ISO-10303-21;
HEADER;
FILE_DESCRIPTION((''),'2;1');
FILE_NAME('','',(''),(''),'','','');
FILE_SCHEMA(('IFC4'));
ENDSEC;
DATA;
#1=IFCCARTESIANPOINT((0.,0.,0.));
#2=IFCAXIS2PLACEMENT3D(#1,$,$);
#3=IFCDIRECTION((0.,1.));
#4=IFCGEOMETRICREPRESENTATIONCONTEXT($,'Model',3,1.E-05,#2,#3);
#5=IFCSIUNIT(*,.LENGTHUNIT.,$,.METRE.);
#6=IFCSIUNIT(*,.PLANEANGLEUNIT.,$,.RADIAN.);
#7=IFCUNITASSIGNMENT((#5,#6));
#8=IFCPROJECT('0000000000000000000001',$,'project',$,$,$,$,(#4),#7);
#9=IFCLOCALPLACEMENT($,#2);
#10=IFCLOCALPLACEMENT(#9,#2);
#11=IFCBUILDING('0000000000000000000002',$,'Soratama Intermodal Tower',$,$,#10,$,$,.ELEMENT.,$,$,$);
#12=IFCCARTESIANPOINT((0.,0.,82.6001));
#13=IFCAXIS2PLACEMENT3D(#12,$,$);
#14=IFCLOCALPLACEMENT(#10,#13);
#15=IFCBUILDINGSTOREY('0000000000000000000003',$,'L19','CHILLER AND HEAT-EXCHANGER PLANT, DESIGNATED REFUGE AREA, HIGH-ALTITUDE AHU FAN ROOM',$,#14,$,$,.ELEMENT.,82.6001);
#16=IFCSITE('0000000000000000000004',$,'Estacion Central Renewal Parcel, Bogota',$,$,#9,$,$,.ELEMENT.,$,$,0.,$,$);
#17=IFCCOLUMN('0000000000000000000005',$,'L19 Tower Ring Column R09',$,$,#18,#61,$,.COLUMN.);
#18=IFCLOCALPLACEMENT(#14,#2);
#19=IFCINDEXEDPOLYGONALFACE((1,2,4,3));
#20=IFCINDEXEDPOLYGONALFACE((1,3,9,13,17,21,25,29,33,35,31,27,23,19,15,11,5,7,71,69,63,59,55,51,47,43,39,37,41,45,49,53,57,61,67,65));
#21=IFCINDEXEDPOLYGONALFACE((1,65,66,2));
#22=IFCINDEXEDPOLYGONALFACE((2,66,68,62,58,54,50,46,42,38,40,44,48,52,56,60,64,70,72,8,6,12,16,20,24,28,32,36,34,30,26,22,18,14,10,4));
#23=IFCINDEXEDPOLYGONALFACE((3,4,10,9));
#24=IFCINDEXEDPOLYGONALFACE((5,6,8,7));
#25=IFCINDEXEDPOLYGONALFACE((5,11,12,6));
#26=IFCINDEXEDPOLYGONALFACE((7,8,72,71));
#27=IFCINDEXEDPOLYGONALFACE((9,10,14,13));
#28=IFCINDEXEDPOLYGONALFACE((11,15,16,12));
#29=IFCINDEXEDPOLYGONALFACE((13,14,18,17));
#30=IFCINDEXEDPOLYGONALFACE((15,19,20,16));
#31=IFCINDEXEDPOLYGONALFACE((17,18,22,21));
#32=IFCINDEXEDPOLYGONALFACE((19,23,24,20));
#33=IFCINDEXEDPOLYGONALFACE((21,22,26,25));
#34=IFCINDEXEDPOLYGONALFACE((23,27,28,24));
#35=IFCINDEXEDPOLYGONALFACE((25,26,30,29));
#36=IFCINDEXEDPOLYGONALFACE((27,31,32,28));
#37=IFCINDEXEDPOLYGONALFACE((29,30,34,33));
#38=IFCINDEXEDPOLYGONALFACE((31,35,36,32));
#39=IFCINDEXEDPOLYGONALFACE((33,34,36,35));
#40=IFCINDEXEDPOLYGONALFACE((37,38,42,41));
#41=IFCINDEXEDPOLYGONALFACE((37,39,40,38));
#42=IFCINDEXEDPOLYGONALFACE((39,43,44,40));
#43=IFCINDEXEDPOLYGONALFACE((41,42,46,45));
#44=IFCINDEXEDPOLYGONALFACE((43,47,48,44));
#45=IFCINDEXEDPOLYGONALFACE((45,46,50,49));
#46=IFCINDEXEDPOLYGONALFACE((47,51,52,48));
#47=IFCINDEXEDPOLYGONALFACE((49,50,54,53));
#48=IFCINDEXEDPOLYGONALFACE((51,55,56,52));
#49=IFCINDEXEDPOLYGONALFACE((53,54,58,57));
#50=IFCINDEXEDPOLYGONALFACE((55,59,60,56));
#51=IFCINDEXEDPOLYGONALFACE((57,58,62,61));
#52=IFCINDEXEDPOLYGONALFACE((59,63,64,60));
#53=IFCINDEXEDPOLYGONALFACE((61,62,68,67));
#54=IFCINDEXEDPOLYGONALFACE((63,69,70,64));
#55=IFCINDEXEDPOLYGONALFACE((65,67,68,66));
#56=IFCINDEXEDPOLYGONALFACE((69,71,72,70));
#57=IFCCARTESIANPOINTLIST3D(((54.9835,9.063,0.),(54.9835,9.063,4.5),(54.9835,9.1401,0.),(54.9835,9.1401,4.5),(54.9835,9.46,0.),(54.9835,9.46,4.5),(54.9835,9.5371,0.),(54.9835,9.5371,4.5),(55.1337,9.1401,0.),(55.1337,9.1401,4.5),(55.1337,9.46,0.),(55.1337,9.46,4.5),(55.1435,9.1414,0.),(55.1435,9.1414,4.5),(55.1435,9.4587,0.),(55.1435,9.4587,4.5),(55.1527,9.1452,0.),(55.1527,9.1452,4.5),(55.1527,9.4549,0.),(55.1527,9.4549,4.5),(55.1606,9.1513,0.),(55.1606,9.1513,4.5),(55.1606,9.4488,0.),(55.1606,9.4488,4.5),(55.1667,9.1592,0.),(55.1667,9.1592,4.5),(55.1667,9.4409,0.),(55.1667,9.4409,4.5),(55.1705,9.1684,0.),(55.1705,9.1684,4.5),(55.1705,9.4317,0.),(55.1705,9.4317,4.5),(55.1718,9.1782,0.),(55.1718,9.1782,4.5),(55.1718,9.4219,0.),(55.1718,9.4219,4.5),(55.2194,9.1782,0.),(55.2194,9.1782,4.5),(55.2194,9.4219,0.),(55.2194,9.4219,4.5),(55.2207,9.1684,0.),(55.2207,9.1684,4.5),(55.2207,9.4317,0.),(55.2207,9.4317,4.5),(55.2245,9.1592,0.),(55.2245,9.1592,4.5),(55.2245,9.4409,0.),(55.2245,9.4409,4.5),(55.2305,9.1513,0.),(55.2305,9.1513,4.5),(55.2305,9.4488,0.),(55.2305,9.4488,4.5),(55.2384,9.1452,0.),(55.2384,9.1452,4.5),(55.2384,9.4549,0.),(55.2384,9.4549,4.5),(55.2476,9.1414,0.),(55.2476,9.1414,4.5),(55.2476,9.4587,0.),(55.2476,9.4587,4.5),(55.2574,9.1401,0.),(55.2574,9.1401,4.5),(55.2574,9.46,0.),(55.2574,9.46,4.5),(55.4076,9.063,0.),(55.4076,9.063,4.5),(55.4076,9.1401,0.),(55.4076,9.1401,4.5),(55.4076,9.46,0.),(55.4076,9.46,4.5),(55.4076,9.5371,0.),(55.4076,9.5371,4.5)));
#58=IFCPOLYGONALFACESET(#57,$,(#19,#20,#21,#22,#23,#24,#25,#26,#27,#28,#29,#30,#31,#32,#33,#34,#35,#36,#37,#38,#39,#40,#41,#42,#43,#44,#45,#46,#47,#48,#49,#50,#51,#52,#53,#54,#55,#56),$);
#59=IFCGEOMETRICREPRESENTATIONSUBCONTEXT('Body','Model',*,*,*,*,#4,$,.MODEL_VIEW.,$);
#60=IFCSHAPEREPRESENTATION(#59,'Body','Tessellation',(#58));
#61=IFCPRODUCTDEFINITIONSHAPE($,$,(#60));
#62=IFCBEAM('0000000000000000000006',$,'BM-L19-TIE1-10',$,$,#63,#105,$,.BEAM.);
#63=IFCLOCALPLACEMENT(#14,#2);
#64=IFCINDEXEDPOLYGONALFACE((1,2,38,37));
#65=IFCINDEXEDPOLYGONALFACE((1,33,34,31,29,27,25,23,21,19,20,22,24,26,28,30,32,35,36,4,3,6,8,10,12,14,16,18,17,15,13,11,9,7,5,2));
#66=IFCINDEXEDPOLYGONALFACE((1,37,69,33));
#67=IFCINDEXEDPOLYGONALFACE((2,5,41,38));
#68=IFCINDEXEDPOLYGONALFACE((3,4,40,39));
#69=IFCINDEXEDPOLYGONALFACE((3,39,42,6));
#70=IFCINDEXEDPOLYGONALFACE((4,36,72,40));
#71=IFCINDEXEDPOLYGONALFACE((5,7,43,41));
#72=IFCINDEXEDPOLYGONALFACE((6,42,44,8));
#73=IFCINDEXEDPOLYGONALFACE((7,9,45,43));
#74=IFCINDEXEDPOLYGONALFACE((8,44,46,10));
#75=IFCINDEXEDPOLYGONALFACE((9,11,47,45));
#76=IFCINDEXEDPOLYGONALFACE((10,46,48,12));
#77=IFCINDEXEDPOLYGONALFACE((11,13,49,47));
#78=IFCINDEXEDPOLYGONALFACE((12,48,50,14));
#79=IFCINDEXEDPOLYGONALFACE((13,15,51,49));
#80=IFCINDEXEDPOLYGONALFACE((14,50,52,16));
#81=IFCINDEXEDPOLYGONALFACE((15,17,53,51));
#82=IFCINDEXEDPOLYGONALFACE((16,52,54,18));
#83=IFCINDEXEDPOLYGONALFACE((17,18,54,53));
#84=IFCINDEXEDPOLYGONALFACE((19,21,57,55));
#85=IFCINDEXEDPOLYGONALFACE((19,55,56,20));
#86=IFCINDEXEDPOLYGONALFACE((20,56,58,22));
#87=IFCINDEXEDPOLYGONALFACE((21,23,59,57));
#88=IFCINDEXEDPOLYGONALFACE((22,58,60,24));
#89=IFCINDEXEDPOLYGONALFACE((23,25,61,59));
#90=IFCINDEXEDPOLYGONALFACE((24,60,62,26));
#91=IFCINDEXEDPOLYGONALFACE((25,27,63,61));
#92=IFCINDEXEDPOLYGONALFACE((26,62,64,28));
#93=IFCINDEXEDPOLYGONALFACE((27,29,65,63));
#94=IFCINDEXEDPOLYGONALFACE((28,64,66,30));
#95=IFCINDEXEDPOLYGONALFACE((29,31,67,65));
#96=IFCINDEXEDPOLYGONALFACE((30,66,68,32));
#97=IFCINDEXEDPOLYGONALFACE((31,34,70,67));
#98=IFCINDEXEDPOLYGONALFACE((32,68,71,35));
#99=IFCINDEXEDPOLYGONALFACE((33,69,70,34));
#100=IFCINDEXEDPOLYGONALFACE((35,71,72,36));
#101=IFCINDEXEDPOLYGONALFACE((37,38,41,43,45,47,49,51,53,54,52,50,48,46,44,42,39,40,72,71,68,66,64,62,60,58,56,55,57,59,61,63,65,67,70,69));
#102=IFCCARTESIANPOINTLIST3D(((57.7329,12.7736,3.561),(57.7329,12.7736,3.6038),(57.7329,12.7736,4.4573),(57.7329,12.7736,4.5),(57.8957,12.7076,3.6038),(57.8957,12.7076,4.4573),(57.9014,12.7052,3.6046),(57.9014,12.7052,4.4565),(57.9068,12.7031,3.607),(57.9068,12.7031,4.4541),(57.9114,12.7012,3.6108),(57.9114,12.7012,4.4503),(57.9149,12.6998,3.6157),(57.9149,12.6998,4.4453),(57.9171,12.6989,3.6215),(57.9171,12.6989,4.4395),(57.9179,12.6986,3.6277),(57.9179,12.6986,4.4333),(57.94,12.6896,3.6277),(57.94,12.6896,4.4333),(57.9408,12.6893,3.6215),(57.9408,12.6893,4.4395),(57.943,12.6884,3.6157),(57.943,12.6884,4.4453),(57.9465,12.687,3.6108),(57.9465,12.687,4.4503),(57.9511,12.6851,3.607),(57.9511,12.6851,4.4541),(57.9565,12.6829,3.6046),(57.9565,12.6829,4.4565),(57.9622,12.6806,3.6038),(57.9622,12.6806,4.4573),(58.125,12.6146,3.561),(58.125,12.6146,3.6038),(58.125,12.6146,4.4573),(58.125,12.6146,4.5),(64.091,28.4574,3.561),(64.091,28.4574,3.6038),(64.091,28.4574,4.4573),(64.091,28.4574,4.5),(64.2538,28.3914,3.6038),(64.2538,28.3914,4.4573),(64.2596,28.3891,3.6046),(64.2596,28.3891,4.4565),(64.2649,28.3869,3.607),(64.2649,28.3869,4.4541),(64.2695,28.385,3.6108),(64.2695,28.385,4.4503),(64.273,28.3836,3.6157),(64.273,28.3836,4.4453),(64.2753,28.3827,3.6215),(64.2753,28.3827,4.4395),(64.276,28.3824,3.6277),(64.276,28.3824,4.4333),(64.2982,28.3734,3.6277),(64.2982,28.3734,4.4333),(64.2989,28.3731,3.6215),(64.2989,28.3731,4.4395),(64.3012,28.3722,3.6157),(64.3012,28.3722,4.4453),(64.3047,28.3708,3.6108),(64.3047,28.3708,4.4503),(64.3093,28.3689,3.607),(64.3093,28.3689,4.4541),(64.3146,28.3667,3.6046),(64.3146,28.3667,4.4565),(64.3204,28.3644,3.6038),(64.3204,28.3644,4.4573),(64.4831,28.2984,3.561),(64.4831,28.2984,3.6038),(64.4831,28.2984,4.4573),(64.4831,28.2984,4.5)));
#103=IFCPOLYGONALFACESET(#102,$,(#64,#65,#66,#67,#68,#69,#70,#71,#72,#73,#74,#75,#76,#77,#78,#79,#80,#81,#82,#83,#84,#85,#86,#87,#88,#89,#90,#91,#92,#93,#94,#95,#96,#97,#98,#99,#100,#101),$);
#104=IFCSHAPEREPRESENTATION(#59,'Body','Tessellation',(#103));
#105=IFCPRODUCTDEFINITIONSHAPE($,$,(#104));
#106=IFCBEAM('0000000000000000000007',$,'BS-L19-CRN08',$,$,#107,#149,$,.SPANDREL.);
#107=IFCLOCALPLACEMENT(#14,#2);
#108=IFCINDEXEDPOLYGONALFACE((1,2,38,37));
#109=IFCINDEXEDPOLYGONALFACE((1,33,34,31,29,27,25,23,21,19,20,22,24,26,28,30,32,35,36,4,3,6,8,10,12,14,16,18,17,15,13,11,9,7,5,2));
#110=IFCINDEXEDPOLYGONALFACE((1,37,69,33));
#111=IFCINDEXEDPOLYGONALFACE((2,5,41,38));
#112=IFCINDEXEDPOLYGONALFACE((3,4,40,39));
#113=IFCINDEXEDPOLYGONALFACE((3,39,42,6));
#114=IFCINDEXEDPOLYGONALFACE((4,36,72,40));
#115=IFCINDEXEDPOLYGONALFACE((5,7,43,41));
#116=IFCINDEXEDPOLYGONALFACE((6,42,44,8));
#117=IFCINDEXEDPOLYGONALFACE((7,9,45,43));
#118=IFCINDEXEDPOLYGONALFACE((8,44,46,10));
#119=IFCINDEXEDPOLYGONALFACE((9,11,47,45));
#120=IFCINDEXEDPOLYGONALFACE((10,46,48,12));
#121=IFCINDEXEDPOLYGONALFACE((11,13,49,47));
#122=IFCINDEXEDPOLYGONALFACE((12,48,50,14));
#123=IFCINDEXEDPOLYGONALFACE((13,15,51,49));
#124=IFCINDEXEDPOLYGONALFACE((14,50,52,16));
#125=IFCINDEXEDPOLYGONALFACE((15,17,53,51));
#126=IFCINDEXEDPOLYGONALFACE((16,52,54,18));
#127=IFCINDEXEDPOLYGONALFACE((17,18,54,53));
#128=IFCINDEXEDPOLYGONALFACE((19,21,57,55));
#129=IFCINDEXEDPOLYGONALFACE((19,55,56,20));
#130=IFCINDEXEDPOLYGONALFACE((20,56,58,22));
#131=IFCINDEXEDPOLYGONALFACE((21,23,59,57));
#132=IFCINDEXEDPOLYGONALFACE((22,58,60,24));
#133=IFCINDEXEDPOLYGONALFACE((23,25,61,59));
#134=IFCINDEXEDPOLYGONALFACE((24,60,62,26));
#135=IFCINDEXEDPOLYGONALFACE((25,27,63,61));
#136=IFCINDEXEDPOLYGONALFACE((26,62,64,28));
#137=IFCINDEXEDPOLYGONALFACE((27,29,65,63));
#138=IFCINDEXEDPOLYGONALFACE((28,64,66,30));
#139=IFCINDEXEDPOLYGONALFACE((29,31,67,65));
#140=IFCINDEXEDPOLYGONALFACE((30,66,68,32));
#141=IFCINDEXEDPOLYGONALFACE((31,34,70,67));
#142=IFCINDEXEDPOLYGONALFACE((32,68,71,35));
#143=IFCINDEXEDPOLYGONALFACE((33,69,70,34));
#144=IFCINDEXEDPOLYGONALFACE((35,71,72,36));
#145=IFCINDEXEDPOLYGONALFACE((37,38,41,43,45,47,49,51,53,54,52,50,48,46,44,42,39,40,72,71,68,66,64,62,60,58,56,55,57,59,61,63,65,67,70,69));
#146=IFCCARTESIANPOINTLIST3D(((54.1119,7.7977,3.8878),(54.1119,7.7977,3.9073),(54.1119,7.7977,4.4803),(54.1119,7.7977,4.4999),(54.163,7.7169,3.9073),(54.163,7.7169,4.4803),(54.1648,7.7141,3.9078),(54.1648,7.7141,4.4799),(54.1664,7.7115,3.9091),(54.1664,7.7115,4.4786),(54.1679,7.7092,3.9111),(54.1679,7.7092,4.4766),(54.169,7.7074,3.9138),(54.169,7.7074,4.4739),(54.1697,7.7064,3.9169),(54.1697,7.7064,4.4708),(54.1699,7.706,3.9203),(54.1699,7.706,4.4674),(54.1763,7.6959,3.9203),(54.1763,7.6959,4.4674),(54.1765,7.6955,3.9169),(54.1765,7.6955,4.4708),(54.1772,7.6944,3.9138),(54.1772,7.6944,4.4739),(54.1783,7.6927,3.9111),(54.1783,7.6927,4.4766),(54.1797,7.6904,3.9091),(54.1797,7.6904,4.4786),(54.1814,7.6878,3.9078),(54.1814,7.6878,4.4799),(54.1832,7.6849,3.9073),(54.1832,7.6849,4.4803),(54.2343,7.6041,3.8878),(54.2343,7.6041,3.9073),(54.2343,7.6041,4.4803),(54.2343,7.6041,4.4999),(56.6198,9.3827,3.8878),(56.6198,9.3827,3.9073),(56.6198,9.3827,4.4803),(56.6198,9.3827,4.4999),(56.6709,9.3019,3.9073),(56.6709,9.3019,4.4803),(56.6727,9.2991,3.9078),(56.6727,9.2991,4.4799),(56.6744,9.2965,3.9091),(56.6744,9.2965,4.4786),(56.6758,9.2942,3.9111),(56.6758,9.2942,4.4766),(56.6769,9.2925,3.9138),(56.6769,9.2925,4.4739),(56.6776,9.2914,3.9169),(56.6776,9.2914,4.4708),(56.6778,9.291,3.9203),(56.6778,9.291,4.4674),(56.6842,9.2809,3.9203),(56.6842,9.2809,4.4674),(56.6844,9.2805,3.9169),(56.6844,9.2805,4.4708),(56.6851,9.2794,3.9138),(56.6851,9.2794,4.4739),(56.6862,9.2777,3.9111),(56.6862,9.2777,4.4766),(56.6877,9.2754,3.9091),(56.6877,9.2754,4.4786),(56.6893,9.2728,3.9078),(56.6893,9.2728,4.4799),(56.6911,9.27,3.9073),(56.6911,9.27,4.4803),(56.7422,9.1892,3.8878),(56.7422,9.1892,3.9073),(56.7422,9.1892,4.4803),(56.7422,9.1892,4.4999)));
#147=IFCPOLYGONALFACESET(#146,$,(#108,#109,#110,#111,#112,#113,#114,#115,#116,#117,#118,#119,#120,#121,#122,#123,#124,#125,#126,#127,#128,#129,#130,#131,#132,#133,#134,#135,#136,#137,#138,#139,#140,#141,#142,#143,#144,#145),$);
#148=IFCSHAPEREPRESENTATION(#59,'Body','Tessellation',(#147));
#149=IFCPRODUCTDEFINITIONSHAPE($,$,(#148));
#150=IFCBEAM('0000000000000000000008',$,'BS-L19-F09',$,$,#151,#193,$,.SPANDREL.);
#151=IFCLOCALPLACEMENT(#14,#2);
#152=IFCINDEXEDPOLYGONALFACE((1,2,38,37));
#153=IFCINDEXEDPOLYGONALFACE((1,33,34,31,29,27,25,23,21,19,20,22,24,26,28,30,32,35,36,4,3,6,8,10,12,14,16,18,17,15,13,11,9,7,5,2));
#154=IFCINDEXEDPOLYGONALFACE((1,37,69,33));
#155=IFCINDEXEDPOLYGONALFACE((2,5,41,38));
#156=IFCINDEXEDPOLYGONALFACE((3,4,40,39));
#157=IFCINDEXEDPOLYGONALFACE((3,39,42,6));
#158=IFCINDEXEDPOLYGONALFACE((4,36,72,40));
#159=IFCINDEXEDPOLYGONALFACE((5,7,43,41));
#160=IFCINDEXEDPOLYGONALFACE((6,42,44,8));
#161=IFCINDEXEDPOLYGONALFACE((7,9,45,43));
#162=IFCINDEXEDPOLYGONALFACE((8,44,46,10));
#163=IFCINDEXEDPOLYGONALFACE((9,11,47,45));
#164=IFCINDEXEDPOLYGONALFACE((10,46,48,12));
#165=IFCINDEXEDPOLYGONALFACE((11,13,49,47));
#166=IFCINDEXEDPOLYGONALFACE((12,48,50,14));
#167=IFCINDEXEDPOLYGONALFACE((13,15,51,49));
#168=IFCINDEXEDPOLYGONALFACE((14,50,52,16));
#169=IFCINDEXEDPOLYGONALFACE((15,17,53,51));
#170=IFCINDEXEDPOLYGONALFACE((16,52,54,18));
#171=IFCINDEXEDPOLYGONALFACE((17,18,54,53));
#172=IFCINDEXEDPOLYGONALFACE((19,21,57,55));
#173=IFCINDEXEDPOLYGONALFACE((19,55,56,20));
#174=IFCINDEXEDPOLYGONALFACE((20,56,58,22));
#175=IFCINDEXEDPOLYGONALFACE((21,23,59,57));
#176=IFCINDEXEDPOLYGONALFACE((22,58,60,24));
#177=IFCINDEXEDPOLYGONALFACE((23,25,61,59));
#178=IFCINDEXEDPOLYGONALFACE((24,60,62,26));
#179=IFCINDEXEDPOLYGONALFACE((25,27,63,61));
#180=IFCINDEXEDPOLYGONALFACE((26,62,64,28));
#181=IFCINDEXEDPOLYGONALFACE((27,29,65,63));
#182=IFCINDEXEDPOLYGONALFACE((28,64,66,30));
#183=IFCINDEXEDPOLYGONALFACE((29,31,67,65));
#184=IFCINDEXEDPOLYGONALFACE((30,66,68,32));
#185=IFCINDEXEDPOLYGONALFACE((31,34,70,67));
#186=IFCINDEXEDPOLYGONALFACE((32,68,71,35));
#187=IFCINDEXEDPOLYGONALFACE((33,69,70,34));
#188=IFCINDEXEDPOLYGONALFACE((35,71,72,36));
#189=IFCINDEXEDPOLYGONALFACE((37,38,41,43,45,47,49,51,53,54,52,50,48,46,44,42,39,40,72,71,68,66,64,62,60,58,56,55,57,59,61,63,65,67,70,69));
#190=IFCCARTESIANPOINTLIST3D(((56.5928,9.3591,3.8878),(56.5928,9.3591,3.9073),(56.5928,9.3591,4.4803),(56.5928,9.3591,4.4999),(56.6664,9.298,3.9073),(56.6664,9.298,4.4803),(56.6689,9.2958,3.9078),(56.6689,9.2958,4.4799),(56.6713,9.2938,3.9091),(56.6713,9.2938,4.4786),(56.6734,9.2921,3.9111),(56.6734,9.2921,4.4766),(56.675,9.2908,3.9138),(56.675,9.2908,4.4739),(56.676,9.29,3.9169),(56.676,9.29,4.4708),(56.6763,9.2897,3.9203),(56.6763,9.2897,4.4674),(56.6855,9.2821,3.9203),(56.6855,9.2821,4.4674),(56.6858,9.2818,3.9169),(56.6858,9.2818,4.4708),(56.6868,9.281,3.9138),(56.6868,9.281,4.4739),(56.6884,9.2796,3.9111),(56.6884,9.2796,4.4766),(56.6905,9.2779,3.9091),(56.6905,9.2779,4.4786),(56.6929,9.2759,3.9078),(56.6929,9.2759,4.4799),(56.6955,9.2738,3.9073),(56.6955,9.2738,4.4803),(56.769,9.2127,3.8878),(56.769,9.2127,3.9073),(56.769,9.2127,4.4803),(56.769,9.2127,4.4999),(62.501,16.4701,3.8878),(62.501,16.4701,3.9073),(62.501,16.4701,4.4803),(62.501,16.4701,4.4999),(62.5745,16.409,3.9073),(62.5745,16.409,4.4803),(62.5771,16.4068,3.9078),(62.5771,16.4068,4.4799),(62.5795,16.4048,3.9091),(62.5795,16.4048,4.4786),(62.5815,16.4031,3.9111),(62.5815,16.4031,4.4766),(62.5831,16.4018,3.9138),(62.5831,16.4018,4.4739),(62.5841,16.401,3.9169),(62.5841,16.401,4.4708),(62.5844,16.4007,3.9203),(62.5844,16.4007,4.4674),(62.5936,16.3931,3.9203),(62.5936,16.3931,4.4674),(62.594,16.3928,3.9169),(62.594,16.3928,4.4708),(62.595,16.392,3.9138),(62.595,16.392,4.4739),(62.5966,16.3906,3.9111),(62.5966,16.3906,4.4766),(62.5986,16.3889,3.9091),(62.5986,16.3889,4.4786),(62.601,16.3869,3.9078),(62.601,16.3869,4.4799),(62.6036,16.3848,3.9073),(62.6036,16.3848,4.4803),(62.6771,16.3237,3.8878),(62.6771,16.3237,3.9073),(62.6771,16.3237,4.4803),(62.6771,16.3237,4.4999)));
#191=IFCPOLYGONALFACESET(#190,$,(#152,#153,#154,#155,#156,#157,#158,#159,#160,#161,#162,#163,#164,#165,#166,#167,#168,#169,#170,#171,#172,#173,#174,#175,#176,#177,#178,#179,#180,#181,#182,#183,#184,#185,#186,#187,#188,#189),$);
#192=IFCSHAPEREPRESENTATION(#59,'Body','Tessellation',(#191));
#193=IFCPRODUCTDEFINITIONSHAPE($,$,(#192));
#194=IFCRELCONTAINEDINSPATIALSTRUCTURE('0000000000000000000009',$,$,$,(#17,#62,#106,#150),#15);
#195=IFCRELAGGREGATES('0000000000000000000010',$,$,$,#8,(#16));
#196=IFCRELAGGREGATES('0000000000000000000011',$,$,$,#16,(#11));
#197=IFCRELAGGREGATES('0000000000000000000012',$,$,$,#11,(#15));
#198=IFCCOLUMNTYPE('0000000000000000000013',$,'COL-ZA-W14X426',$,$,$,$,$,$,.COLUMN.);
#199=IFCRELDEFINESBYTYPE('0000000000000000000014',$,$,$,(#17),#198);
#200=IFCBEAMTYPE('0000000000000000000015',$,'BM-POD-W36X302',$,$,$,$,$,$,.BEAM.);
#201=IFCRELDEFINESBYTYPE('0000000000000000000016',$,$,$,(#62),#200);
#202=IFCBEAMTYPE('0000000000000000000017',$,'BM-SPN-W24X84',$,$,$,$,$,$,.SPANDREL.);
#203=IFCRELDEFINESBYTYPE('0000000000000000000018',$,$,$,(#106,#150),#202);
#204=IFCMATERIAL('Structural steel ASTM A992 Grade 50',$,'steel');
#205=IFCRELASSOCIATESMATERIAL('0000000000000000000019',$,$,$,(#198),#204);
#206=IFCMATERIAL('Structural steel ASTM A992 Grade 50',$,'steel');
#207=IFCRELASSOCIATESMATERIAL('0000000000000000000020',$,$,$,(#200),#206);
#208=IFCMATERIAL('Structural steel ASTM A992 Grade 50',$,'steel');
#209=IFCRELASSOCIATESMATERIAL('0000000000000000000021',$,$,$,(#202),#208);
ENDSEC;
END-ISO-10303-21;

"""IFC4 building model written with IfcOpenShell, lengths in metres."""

from ifc_helpers import new_model, si_unit, direction, frame, origin, origin_2d, place, context, subcontext, project, spatial, i_section, extrude, material, material_profile, profile_set, type_object, element, save


model = new_model("IFC4")

# Units and contexts
model_context = context("Model", 3, precision=1e-05, world=origin(), true_north=direction((0.0, 1.0)))
body_context = subcontext(model_context, "Body", "Model", "MODEL_VIEW")
ifc_project = project(units=[si_unit("LENGTHUNIT", "METRE"), si_unit("PLANEANGLEUNIT", "RADIAN")], contexts=[model_context])

# Site, building, storey
site_placement = place(None, origin())
site = spatial("IfcSite", under=ifc_project, at=site_placement, Name="Estacion Central Renewal Parcel, Bogota", CompositionType="ELEMENT", RefElevation=0.0)
building_placement = place(site_placement, origin())
building = spatial("IfcBuilding", under=site, at=building_placement, Name="Soratama Intermodal Tower", CompositionType="ELEMENT")
storey_placement = place(building_placement, frame((0.0, 0.0, 82.6001)))
storey = spatial("IfcBuildingStorey", under=building, at=storey_placement, Name="L19", Description="CHILLER AND HEAT-EXCHANGER PLANT, DESIGNATED REFUGE AREA, HIGH-ALTITUDE AHU FAN ROOM", CompositionType="ELEMENT", Elevation=82.6001)

# Column
ifc_material_1 = material(Name="Structural steel ASTM A992 Grade 50", Category="steel")
ifc_material_profile_1 = material_profile(ifc_material_1, i_section(OverallWidth=0.4241, OverallDepth=0.4741, WebThickness=0.0476, FlangeThickness=0.0771, FilletRadius=0.0381, at=origin_2d()), Name="W14X426")
ifc_profile_set_1 = profile_set([ifc_material_profile_1], Name="Structural steel ASTM A992 Grade 50")
column_type = type_object("IfcColumnType", Name="COL-ZA-W14X426", PredefinedType="COLUMN", material=ifc_profile_set_1)
column_placement = place(storey_placement, frame((55.1956, 9.3, 0.0), z_axis=(0.0, 0.0, 1.0), x_axis=(1.0, 0.0, 0.0)))
element("IfcColumn", 1, at=column_placement, inside=storey, type_object=column_type, Name="L19 Tower Ring Column R09", PredefinedType="COLUMN", context=body_context, shape_type="SweptSolid", body=[
    extrude(i_section(OverallWidth=0.4241, OverallDepth=0.4741, WebThickness=0.0476, FlangeThickness=0.0771, FilletRadius=0.0381, at=origin_2d()), origin(), (0.0, 0.0, 1.0), 4.5),
])

# Beams
ifc_material_2 = material(Name="Structural steel ASTM A992 Grade 50", Category="steel")
ifc_material_profile_2 = material_profile(ifc_material_2, i_section(OverallWidth=0.4231, OverallDepth=0.939, WebThickness=0.0239, FlangeThickness=0.0427, FilletRadius=0.0239, at=origin_2d()), Name="W36X302")
ifc_profile_set_2 = profile_set([ifc_material_profile_2], Name="Structural steel ASTM A992 Grade 50")
beam_type_1 = type_object("IfcBeamType", Name="BM-POD-W36X302", PredefinedType="BEAM", material=ifc_profile_set_2)
beam_1_placement = place(storey_placement, frame((57.929, 12.6941, 4.0305), z_axis=(0.375697, 0.926743, 0.0), x_axis=(-0.926743, 0.375697, 0.0)))
element("IfcBeam", 2, at=beam_1_placement, inside=storey, type_object=beam_type_1, Name="BM-L19-TIE1-10", PredefinedType="BEAM", context=body_context, shape_type="SweptSolid", body=[
    extrude(i_section(OverallWidth=0.4231, OverallDepth=0.939, WebThickness=0.0239, FlangeThickness=0.0427, FilletRadius=0.0239, at=origin_2d()), origin(), (0.0, 0.0, 1.0), 16.9236),
])
ifc_material_3 = material(Name="Structural steel ASTM A992 Grade 50", Category="steel")
ifc_material_profile_3 = material_profile(ifc_material_3, i_section(OverallWidth=0.229, OverallDepth=0.6121, WebThickness=0.012, FlangeThickness=0.0195, FilletRadius=0.0129, at=origin_2d()), Name="W24X84")
ifc_profile_set_3 = profile_set([ifc_material_profile_3], Name="Structural steel ASTM A992 Grade 50")
beam_type_2 = type_object("IfcBeamType", Name="BM-SPN-W24X84", PredefinedType="SPANDREL", material=ifc_profile_set_3)
beam_2_placement = place(storey_placement, frame((54.1731, 7.7009, 4.1938), z_axis=(0.845325, 0.534253, 0.0), x_axis=(-0.534253, 0.845325, 0.0)))
element("IfcBeam", 3, at=beam_2_placement, inside=storey, type_object=beam_type_2, Name="BS-L19-CRN08", PredefinedType="SPANDREL", context=body_context, shape_type="SweptSolid", body=[
    extrude(i_section(OverallWidth=0.229, OverallDepth=0.6121, WebThickness=0.012, FlangeThickness=0.0195, FilletRadius=0.0129, at=origin_2d()), origin(), (0.0, 0.0, 1.0), 2.9668),
])
beam_3_placement = place(storey_placement, frame((56.6809, 9.2859, 4.1938), z_axis=(0.639054, 0.769162, 0.0), x_axis=(-0.769162, 0.639054, 0.0)))
element("IfcBeam", 4, at=beam_3_placement, inside=storey, type_object=beam_type_2, Name="BS-L19-F09", PredefinedType="SPANDREL", context=body_context, shape_type="SweptSolid", body=[
    extrude(i_section(OverallWidth=0.229, OverallDepth=0.6121, WebThickness=0.012, FlangeThickness=0.0195, FilletRadius=0.0129, at=origin_2d()), origin(), (0.0, 0.0, 1.0), 9.2451),
])

save(model, "model.ifc")
